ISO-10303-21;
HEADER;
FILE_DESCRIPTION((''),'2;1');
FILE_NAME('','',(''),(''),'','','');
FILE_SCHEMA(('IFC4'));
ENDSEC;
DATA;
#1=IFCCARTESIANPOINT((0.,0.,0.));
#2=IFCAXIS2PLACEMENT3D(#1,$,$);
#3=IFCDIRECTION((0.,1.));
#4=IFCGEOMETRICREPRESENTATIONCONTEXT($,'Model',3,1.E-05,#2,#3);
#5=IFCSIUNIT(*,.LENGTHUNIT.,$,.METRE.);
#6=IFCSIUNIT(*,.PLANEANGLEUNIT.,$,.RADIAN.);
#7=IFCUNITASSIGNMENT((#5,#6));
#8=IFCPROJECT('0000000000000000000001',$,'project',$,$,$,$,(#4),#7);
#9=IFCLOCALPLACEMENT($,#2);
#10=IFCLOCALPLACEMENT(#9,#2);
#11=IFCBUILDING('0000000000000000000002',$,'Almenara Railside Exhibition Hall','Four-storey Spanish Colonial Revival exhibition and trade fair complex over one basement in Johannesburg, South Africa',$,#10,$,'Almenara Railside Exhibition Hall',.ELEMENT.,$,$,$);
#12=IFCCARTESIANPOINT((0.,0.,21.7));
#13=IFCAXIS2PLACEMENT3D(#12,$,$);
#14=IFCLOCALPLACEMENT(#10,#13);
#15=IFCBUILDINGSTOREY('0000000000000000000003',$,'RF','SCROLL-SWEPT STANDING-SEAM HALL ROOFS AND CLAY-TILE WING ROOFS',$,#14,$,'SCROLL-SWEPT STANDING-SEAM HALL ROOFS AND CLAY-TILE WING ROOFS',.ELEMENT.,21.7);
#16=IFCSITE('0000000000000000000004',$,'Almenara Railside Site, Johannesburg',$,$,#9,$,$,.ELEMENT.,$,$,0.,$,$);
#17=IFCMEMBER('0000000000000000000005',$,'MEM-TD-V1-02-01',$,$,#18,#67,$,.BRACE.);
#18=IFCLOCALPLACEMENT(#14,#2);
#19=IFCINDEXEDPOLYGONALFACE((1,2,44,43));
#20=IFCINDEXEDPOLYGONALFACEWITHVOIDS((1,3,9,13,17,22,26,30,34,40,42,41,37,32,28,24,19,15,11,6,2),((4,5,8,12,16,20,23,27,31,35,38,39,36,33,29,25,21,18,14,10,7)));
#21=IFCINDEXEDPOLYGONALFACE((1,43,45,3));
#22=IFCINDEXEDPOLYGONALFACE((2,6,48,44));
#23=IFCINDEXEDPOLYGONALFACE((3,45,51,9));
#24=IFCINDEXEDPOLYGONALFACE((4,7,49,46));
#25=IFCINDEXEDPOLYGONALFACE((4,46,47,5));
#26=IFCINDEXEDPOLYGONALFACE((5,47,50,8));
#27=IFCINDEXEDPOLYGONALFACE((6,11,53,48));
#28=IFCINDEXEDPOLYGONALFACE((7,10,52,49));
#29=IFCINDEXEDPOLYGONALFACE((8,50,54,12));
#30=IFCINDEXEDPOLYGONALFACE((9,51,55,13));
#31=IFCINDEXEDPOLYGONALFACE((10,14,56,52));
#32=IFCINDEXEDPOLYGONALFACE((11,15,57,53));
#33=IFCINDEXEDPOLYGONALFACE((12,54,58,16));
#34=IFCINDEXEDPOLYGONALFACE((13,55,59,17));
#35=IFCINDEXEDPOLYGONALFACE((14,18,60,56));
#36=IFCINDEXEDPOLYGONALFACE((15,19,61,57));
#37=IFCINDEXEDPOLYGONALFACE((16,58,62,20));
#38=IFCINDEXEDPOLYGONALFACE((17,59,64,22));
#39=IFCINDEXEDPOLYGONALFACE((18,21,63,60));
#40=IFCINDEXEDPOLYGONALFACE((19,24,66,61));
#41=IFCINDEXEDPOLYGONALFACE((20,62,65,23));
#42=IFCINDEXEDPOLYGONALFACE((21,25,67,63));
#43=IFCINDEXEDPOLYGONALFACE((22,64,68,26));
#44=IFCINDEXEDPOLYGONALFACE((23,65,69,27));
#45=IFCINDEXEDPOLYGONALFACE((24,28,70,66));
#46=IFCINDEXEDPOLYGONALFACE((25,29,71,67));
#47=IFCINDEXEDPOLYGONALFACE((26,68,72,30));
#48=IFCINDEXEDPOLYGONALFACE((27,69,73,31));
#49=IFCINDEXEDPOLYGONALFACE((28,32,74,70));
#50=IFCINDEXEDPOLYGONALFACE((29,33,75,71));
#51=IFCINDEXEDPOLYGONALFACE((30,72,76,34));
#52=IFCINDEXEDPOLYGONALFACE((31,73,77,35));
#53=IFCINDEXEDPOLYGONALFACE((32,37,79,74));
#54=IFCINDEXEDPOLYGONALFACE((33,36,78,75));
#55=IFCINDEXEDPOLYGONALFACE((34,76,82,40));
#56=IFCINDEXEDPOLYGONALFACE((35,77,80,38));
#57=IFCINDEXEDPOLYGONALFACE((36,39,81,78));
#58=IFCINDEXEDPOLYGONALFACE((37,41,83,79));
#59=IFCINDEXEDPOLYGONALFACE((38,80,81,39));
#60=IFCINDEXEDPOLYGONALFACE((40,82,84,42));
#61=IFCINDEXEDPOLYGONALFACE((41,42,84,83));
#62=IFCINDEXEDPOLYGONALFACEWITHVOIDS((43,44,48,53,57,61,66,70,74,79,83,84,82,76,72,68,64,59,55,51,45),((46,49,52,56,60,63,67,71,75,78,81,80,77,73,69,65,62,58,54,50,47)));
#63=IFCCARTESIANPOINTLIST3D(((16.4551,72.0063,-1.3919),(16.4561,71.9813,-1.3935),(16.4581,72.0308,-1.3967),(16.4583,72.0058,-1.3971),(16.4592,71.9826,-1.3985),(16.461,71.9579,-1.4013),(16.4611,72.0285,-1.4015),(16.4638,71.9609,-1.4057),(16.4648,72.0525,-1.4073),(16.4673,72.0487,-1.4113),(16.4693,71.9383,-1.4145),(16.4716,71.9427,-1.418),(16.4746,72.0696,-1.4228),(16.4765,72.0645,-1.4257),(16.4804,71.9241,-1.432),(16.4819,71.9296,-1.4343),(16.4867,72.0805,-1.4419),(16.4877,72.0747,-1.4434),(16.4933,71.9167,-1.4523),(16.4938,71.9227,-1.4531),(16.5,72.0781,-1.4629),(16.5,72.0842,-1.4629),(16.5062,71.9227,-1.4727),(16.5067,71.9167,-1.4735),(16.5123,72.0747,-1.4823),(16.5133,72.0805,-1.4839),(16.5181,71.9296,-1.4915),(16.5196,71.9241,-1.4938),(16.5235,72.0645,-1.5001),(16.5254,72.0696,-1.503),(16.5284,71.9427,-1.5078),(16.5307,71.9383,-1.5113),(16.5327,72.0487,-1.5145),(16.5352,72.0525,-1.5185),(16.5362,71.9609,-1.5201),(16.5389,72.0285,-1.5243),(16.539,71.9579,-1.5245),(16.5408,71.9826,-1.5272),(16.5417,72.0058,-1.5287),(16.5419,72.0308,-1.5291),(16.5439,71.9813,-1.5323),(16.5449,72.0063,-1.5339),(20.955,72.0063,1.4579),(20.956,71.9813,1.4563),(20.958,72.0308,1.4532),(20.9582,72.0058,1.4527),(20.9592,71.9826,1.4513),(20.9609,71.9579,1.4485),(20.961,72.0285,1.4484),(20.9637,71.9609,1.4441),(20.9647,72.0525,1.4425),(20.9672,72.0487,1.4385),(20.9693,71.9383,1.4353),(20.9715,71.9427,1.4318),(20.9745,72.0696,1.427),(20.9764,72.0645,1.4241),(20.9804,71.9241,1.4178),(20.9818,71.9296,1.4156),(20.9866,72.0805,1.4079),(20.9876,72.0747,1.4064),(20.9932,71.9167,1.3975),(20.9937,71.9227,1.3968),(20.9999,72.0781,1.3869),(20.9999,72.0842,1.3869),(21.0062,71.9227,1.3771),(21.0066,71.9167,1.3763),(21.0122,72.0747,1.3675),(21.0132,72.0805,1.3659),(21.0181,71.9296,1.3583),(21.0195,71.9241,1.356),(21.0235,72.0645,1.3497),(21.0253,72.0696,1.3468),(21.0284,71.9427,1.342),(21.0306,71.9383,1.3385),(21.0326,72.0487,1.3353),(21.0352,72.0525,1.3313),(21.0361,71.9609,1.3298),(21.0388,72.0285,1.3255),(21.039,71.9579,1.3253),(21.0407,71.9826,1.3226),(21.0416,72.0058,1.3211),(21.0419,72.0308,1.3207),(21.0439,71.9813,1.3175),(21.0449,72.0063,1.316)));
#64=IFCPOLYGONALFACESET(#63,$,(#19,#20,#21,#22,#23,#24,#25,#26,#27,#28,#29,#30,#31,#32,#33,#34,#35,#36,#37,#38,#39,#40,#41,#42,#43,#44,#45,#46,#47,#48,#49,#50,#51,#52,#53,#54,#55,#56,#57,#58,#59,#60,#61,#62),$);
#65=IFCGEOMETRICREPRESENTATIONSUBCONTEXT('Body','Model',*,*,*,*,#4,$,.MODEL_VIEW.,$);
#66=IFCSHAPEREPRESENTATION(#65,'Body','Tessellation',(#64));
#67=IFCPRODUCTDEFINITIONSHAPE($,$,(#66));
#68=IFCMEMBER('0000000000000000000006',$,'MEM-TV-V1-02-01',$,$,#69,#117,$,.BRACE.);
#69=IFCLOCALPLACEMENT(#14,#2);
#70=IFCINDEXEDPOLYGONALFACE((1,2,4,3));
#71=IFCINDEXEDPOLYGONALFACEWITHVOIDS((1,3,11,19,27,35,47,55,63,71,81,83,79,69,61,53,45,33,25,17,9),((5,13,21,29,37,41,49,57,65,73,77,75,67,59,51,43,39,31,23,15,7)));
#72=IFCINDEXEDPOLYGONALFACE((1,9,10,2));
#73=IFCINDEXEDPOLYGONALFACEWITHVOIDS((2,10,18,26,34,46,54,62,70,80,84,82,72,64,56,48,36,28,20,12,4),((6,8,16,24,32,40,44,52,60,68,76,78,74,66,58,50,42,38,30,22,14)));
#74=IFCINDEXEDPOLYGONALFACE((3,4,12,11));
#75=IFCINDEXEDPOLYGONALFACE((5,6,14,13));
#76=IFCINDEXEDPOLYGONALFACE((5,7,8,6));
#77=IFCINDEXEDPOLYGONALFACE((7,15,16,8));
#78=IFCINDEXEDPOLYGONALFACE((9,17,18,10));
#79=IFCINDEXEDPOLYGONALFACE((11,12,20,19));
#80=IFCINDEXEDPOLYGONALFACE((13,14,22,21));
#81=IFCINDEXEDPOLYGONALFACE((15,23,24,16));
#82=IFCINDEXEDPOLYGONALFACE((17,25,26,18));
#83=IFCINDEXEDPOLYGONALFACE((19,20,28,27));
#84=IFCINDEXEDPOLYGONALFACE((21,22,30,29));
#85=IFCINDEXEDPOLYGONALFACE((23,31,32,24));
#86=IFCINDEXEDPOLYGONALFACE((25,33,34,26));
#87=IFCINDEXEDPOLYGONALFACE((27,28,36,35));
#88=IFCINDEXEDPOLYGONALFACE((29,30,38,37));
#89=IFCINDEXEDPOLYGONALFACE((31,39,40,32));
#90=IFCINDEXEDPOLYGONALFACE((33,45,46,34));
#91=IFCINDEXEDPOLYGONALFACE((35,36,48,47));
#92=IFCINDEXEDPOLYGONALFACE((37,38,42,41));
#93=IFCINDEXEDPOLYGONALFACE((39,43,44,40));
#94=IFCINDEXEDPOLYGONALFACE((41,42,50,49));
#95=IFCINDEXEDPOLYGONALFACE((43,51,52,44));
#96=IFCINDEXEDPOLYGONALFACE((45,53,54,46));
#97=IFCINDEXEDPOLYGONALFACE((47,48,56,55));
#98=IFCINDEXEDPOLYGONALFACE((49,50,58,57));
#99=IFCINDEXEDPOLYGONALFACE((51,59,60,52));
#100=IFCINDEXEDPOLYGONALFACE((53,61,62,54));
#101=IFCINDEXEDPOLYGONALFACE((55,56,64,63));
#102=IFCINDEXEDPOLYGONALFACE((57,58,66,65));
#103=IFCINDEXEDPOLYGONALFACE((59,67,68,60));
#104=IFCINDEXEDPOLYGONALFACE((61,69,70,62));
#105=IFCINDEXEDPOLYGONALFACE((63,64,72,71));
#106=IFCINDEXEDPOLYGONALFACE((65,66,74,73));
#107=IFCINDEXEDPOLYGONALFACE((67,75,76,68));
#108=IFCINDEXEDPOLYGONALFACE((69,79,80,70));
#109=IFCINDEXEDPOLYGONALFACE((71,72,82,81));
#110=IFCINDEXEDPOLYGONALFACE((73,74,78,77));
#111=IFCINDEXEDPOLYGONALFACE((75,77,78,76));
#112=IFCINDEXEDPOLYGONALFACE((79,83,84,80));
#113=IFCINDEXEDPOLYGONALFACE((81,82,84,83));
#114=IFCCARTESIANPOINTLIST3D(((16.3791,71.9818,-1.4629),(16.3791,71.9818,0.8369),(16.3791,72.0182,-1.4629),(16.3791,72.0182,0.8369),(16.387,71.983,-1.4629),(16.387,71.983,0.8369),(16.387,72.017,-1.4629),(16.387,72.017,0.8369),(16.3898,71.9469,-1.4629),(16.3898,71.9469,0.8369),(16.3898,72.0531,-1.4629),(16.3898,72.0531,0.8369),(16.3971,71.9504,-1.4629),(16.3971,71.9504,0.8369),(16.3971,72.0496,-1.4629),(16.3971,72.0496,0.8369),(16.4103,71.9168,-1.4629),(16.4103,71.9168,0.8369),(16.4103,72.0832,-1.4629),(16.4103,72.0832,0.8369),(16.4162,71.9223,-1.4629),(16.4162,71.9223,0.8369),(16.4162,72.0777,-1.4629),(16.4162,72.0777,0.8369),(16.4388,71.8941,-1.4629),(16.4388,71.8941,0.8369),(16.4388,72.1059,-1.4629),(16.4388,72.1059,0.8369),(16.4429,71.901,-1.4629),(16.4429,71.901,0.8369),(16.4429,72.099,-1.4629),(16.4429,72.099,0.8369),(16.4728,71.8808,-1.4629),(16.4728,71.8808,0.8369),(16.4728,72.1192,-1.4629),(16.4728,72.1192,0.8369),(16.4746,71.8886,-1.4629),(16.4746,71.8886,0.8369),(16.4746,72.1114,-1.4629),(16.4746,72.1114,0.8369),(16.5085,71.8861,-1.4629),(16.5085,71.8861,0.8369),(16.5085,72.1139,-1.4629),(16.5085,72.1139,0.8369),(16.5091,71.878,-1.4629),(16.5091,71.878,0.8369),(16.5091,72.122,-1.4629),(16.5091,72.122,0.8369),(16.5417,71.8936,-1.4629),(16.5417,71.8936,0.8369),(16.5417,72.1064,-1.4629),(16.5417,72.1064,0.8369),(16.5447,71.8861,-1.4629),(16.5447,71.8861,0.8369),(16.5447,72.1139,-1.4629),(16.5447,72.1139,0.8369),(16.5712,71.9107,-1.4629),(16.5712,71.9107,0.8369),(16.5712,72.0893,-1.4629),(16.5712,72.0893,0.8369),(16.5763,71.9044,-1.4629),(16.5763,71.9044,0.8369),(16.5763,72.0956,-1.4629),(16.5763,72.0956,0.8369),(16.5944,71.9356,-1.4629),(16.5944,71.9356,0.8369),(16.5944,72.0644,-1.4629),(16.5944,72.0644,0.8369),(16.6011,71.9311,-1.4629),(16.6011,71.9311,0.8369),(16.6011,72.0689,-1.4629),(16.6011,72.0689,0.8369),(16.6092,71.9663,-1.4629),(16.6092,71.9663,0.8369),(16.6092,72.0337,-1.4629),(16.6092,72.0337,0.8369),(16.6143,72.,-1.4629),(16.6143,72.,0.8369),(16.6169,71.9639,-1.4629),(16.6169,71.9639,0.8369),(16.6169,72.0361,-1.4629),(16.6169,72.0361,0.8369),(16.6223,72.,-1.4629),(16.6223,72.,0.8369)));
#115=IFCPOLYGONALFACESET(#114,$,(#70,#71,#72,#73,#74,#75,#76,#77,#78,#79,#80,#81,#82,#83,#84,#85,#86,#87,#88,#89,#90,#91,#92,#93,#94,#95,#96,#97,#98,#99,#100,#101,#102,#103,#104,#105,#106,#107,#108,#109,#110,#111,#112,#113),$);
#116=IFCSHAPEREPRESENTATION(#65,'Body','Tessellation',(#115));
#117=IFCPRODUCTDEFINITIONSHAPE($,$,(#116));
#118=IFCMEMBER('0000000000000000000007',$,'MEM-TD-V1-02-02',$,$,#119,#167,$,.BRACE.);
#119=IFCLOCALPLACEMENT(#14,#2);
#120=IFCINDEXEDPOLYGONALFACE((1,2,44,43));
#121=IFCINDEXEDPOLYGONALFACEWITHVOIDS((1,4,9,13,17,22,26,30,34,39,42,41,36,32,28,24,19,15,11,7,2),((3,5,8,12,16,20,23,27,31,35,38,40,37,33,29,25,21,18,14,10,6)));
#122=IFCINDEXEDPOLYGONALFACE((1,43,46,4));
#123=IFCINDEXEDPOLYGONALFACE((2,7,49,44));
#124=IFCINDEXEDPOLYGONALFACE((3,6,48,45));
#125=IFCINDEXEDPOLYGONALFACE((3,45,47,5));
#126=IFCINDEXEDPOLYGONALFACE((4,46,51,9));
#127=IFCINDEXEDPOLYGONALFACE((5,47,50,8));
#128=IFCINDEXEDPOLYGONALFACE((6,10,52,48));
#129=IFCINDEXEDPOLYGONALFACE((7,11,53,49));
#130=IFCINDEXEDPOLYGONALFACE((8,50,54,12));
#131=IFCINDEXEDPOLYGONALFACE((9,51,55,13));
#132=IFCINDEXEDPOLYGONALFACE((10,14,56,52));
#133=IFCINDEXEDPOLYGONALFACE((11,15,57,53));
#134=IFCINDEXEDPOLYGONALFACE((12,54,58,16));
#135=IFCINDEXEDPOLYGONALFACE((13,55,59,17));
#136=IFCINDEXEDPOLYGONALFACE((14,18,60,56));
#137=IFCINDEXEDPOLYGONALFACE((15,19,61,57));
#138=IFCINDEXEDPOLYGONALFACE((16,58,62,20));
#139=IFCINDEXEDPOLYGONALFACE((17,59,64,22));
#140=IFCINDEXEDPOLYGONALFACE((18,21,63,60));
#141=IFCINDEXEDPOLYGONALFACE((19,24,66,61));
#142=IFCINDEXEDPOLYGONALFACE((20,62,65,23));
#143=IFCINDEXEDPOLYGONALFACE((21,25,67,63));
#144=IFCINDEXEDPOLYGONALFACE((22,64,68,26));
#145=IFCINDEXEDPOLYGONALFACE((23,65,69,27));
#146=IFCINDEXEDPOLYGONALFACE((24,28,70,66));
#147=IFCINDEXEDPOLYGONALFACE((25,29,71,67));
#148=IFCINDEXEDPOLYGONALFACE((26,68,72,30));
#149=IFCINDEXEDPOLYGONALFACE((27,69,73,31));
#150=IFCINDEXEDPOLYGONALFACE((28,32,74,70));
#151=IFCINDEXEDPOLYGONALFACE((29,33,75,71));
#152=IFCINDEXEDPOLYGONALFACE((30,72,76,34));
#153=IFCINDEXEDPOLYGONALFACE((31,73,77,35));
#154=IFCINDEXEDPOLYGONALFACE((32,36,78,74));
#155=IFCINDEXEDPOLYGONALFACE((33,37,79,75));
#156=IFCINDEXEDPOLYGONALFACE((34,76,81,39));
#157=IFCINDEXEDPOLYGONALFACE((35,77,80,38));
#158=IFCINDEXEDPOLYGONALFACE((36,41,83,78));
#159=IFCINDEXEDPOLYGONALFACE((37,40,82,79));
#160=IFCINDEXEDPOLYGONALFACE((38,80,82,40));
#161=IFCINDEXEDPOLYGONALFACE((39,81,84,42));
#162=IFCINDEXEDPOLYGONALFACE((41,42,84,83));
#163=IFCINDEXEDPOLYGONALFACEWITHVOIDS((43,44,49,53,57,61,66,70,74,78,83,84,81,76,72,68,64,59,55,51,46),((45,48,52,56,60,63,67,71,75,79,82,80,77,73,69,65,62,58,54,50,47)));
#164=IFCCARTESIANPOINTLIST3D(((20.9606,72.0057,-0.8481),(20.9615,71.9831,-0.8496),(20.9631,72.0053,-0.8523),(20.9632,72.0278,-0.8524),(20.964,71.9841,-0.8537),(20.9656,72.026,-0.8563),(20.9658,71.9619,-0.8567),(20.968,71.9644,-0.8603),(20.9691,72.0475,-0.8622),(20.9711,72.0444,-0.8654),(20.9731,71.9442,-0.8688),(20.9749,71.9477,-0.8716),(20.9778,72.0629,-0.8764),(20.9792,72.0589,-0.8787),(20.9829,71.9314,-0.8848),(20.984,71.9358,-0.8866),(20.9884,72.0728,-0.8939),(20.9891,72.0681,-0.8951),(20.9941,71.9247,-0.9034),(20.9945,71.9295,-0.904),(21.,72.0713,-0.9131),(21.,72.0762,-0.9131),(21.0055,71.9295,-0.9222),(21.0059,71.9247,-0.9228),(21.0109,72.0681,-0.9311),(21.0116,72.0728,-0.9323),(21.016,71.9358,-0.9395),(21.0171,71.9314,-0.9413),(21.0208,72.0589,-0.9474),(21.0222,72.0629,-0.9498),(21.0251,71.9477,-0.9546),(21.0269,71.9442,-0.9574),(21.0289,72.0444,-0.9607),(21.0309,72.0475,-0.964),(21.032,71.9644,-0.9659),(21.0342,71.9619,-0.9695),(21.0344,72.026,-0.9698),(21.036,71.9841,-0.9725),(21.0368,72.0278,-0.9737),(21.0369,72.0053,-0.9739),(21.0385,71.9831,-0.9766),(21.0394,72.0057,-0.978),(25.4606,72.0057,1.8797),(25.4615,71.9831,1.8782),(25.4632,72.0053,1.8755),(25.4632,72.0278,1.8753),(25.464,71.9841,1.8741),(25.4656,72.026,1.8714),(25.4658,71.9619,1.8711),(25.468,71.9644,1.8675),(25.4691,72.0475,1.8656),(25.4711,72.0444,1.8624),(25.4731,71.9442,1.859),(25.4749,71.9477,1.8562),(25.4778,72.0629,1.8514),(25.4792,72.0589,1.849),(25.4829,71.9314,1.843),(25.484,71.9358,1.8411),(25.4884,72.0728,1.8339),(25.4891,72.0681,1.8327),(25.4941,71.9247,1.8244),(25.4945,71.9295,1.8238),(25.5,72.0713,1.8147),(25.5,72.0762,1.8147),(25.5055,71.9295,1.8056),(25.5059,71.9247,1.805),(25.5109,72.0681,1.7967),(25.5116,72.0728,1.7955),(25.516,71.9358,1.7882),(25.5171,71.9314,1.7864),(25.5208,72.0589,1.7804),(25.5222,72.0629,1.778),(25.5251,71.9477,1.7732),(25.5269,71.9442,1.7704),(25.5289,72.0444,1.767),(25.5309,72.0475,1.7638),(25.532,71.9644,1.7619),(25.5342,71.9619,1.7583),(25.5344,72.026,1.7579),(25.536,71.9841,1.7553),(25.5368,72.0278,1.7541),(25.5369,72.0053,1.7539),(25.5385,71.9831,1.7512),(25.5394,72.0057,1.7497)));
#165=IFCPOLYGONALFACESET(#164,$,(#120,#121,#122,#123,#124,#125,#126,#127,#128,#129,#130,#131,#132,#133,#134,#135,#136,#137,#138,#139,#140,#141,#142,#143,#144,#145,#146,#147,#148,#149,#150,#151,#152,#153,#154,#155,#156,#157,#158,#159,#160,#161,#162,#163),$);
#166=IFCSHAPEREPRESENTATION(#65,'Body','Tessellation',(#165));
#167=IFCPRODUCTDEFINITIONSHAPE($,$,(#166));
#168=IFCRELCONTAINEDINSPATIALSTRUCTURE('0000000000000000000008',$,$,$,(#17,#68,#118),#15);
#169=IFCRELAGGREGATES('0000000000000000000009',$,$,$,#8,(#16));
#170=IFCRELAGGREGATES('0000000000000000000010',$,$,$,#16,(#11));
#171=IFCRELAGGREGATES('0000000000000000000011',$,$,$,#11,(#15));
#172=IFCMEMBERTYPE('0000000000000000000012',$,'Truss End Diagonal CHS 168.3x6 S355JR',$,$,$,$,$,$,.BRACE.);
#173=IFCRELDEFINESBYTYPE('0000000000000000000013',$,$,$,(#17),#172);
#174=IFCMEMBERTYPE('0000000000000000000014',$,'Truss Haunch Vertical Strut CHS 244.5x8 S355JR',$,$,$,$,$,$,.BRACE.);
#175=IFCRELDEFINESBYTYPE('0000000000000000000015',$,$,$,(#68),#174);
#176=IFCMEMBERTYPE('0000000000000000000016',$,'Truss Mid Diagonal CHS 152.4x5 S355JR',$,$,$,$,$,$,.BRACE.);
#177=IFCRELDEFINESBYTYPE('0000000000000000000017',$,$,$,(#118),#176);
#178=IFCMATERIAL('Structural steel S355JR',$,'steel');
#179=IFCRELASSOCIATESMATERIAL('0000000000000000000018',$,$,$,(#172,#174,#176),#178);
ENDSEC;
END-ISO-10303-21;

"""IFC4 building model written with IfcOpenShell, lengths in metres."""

from ifc_helpers import new_model, si_unit, direction, frame, origin, origin_2d, place, context, subcontext, project, spatial, hollow_circle, extrude, material, material_profile, profile_set, type_object, element, save


model = new_model("IFC4")

# Units and contexts
model_context = context("Model", 3, precision=1e-05, world=origin(), true_north=direction((0.0, 1.0)))
body_context = subcontext(model_context, "Body", "Model", "MODEL_VIEW")
ifc_project = project(units=[si_unit("LENGTHUNIT", "METRE"), si_unit("PLANEANGLEUNIT", "RADIAN")], contexts=[model_context])

# Site, building, storey
site_placement = place(None, origin())
site = spatial("IfcSite", under=ifc_project, at=site_placement, Name="Almenara Railside Site, Johannesburg", CompositionType="ELEMENT", RefElevation=0.0)
building_placement = place(site_placement, origin())
building = spatial("IfcBuilding", under=site, at=building_placement, Name="Almenara Railside Exhibition Hall", Description="Four-storey Spanish Colonial Revival exhibition and trade fair complex over one basement in Johannesburg, South Africa", LongName="Almenara Railside Exhibition Hall", CompositionType="ELEMENT")
storey_placement = place(building_placement, frame((0.0, 0.0, 21.7)))
storey = spatial("IfcBuildingStorey", under=building, at=storey_placement, Name="RF", Description="SCROLL-SWEPT STANDING-SEAM HALL ROOFS AND CLAY-TILE WING ROOFS", LongName="SCROLL-SWEPT STANDING-SEAM HALL ROOFS AND CLAY-TILE WING ROOFS", CompositionType="ELEMENT", Elevation=21.7)

# Shared definitions
ifc_material_1 = material(Name="Structural steel S355JR", Category="steel")

# Members
ifc_material_profile_1 = material_profile(ifc_material_1, hollow_circle(Radius=0.0842, WallThickness=0.0061, at=origin_2d()), Name="CHS 168.3x6")
ifc_profile_set_1 = profile_set([ifc_material_profile_1], Name="Structural steel S355JR")
member_type_1 = type_object("IfcMemberType", Name="Truss End Diagonal CHS 168.3x6 S355JR", PredefinedType="BRACE", material=ifc_profile_set_1)
member_1_placement = place(storey_placement, frame((16.5, 72.0, -1.4629), z_axis=(0.844832, 0.0, 0.535032), x_axis=(0.0, 1.0, 0.0)))
element("IfcMember", 1, at=member_1_placement, inside=storey, type_object=member_type_1, Name="MEM-TD-V1-02-01", PredefinedType="BRACE", context=body_context, shape_type="SweptSolid", body=[
    extrude(hollow_circle(Radius=0.0842, WallThickness=0.0061, at=origin_2d()), origin(), (0.0, 0.0, 1.0), 5.3264),
])
ifc_material_profile_2 = material_profile(ifc_material_1, hollow_circle(Radius=0.1223, WallThickness=0.0081, at=origin_2d()), Name="CHS 244.5x8")
ifc_profile_set_2 = profile_set([ifc_material_profile_2], Name="Structural steel S355JR")
member_type_2 = type_object("IfcMemberType", Name="Truss Haunch Vertical Strut CHS 244.5x8 S355JR", PredefinedType="BRACE", material=ifc_profile_set_2)
member_2_placement = place(storey_placement, frame((16.5, 72.0, -1.4629), z_axis=(0.0, 0.0, 1.0), x_axis=(1.0, 0.0, 0.0)))
element("IfcMember", 2, at=member_2_placement, inside=storey, type_object=member_type_2, Name="MEM-TV-V1-02-01", PredefinedType="BRACE", context=body_context, shape_type="SweptSolid", body=[
    extrude(hollow_circle(Radius=0.1223, WallThickness=0.0081, at=origin_2d()), origin(), (0.0, 0.0, 1.0), 2.2998),
])
ifc_material_profile_3 = material_profile(ifc_material_1, hollow_circle(Radius=0.0762, WallThickness=0.0049, at=origin_2d()), Name="CHS 152.4x5")
ifc_profile_set_3 = profile_set([ifc_material_profile_3], Name="Structural steel S355JR")
member_type_3 = type_object("IfcMemberType", Name="Truss Mid Diagonal CHS 152.4x5 S355JR", PredefinedType="BRACE", material=ifc_profile_set_3)
member_3_placement = place(storey_placement, frame((21.0, 72.0, -0.9131), z_axis=(0.855155, 0.0, 0.518373), x_axis=(0.0, 1.0, 0.0)))
element("IfcMember", 3, at=member_3_placement, inside=storey, type_object=member_type_3, Name="MEM-TD-V1-02-02", PredefinedType="BRACE", context=body_context, shape_type="SweptSolid", body=[
    extrude(hollow_circle(Radius=0.0762, WallThickness=0.0049, at=origin_2d()), origin(), (0.0, 0.0, 1.0), 5.2622),
])

save(model, "model.ifc")
